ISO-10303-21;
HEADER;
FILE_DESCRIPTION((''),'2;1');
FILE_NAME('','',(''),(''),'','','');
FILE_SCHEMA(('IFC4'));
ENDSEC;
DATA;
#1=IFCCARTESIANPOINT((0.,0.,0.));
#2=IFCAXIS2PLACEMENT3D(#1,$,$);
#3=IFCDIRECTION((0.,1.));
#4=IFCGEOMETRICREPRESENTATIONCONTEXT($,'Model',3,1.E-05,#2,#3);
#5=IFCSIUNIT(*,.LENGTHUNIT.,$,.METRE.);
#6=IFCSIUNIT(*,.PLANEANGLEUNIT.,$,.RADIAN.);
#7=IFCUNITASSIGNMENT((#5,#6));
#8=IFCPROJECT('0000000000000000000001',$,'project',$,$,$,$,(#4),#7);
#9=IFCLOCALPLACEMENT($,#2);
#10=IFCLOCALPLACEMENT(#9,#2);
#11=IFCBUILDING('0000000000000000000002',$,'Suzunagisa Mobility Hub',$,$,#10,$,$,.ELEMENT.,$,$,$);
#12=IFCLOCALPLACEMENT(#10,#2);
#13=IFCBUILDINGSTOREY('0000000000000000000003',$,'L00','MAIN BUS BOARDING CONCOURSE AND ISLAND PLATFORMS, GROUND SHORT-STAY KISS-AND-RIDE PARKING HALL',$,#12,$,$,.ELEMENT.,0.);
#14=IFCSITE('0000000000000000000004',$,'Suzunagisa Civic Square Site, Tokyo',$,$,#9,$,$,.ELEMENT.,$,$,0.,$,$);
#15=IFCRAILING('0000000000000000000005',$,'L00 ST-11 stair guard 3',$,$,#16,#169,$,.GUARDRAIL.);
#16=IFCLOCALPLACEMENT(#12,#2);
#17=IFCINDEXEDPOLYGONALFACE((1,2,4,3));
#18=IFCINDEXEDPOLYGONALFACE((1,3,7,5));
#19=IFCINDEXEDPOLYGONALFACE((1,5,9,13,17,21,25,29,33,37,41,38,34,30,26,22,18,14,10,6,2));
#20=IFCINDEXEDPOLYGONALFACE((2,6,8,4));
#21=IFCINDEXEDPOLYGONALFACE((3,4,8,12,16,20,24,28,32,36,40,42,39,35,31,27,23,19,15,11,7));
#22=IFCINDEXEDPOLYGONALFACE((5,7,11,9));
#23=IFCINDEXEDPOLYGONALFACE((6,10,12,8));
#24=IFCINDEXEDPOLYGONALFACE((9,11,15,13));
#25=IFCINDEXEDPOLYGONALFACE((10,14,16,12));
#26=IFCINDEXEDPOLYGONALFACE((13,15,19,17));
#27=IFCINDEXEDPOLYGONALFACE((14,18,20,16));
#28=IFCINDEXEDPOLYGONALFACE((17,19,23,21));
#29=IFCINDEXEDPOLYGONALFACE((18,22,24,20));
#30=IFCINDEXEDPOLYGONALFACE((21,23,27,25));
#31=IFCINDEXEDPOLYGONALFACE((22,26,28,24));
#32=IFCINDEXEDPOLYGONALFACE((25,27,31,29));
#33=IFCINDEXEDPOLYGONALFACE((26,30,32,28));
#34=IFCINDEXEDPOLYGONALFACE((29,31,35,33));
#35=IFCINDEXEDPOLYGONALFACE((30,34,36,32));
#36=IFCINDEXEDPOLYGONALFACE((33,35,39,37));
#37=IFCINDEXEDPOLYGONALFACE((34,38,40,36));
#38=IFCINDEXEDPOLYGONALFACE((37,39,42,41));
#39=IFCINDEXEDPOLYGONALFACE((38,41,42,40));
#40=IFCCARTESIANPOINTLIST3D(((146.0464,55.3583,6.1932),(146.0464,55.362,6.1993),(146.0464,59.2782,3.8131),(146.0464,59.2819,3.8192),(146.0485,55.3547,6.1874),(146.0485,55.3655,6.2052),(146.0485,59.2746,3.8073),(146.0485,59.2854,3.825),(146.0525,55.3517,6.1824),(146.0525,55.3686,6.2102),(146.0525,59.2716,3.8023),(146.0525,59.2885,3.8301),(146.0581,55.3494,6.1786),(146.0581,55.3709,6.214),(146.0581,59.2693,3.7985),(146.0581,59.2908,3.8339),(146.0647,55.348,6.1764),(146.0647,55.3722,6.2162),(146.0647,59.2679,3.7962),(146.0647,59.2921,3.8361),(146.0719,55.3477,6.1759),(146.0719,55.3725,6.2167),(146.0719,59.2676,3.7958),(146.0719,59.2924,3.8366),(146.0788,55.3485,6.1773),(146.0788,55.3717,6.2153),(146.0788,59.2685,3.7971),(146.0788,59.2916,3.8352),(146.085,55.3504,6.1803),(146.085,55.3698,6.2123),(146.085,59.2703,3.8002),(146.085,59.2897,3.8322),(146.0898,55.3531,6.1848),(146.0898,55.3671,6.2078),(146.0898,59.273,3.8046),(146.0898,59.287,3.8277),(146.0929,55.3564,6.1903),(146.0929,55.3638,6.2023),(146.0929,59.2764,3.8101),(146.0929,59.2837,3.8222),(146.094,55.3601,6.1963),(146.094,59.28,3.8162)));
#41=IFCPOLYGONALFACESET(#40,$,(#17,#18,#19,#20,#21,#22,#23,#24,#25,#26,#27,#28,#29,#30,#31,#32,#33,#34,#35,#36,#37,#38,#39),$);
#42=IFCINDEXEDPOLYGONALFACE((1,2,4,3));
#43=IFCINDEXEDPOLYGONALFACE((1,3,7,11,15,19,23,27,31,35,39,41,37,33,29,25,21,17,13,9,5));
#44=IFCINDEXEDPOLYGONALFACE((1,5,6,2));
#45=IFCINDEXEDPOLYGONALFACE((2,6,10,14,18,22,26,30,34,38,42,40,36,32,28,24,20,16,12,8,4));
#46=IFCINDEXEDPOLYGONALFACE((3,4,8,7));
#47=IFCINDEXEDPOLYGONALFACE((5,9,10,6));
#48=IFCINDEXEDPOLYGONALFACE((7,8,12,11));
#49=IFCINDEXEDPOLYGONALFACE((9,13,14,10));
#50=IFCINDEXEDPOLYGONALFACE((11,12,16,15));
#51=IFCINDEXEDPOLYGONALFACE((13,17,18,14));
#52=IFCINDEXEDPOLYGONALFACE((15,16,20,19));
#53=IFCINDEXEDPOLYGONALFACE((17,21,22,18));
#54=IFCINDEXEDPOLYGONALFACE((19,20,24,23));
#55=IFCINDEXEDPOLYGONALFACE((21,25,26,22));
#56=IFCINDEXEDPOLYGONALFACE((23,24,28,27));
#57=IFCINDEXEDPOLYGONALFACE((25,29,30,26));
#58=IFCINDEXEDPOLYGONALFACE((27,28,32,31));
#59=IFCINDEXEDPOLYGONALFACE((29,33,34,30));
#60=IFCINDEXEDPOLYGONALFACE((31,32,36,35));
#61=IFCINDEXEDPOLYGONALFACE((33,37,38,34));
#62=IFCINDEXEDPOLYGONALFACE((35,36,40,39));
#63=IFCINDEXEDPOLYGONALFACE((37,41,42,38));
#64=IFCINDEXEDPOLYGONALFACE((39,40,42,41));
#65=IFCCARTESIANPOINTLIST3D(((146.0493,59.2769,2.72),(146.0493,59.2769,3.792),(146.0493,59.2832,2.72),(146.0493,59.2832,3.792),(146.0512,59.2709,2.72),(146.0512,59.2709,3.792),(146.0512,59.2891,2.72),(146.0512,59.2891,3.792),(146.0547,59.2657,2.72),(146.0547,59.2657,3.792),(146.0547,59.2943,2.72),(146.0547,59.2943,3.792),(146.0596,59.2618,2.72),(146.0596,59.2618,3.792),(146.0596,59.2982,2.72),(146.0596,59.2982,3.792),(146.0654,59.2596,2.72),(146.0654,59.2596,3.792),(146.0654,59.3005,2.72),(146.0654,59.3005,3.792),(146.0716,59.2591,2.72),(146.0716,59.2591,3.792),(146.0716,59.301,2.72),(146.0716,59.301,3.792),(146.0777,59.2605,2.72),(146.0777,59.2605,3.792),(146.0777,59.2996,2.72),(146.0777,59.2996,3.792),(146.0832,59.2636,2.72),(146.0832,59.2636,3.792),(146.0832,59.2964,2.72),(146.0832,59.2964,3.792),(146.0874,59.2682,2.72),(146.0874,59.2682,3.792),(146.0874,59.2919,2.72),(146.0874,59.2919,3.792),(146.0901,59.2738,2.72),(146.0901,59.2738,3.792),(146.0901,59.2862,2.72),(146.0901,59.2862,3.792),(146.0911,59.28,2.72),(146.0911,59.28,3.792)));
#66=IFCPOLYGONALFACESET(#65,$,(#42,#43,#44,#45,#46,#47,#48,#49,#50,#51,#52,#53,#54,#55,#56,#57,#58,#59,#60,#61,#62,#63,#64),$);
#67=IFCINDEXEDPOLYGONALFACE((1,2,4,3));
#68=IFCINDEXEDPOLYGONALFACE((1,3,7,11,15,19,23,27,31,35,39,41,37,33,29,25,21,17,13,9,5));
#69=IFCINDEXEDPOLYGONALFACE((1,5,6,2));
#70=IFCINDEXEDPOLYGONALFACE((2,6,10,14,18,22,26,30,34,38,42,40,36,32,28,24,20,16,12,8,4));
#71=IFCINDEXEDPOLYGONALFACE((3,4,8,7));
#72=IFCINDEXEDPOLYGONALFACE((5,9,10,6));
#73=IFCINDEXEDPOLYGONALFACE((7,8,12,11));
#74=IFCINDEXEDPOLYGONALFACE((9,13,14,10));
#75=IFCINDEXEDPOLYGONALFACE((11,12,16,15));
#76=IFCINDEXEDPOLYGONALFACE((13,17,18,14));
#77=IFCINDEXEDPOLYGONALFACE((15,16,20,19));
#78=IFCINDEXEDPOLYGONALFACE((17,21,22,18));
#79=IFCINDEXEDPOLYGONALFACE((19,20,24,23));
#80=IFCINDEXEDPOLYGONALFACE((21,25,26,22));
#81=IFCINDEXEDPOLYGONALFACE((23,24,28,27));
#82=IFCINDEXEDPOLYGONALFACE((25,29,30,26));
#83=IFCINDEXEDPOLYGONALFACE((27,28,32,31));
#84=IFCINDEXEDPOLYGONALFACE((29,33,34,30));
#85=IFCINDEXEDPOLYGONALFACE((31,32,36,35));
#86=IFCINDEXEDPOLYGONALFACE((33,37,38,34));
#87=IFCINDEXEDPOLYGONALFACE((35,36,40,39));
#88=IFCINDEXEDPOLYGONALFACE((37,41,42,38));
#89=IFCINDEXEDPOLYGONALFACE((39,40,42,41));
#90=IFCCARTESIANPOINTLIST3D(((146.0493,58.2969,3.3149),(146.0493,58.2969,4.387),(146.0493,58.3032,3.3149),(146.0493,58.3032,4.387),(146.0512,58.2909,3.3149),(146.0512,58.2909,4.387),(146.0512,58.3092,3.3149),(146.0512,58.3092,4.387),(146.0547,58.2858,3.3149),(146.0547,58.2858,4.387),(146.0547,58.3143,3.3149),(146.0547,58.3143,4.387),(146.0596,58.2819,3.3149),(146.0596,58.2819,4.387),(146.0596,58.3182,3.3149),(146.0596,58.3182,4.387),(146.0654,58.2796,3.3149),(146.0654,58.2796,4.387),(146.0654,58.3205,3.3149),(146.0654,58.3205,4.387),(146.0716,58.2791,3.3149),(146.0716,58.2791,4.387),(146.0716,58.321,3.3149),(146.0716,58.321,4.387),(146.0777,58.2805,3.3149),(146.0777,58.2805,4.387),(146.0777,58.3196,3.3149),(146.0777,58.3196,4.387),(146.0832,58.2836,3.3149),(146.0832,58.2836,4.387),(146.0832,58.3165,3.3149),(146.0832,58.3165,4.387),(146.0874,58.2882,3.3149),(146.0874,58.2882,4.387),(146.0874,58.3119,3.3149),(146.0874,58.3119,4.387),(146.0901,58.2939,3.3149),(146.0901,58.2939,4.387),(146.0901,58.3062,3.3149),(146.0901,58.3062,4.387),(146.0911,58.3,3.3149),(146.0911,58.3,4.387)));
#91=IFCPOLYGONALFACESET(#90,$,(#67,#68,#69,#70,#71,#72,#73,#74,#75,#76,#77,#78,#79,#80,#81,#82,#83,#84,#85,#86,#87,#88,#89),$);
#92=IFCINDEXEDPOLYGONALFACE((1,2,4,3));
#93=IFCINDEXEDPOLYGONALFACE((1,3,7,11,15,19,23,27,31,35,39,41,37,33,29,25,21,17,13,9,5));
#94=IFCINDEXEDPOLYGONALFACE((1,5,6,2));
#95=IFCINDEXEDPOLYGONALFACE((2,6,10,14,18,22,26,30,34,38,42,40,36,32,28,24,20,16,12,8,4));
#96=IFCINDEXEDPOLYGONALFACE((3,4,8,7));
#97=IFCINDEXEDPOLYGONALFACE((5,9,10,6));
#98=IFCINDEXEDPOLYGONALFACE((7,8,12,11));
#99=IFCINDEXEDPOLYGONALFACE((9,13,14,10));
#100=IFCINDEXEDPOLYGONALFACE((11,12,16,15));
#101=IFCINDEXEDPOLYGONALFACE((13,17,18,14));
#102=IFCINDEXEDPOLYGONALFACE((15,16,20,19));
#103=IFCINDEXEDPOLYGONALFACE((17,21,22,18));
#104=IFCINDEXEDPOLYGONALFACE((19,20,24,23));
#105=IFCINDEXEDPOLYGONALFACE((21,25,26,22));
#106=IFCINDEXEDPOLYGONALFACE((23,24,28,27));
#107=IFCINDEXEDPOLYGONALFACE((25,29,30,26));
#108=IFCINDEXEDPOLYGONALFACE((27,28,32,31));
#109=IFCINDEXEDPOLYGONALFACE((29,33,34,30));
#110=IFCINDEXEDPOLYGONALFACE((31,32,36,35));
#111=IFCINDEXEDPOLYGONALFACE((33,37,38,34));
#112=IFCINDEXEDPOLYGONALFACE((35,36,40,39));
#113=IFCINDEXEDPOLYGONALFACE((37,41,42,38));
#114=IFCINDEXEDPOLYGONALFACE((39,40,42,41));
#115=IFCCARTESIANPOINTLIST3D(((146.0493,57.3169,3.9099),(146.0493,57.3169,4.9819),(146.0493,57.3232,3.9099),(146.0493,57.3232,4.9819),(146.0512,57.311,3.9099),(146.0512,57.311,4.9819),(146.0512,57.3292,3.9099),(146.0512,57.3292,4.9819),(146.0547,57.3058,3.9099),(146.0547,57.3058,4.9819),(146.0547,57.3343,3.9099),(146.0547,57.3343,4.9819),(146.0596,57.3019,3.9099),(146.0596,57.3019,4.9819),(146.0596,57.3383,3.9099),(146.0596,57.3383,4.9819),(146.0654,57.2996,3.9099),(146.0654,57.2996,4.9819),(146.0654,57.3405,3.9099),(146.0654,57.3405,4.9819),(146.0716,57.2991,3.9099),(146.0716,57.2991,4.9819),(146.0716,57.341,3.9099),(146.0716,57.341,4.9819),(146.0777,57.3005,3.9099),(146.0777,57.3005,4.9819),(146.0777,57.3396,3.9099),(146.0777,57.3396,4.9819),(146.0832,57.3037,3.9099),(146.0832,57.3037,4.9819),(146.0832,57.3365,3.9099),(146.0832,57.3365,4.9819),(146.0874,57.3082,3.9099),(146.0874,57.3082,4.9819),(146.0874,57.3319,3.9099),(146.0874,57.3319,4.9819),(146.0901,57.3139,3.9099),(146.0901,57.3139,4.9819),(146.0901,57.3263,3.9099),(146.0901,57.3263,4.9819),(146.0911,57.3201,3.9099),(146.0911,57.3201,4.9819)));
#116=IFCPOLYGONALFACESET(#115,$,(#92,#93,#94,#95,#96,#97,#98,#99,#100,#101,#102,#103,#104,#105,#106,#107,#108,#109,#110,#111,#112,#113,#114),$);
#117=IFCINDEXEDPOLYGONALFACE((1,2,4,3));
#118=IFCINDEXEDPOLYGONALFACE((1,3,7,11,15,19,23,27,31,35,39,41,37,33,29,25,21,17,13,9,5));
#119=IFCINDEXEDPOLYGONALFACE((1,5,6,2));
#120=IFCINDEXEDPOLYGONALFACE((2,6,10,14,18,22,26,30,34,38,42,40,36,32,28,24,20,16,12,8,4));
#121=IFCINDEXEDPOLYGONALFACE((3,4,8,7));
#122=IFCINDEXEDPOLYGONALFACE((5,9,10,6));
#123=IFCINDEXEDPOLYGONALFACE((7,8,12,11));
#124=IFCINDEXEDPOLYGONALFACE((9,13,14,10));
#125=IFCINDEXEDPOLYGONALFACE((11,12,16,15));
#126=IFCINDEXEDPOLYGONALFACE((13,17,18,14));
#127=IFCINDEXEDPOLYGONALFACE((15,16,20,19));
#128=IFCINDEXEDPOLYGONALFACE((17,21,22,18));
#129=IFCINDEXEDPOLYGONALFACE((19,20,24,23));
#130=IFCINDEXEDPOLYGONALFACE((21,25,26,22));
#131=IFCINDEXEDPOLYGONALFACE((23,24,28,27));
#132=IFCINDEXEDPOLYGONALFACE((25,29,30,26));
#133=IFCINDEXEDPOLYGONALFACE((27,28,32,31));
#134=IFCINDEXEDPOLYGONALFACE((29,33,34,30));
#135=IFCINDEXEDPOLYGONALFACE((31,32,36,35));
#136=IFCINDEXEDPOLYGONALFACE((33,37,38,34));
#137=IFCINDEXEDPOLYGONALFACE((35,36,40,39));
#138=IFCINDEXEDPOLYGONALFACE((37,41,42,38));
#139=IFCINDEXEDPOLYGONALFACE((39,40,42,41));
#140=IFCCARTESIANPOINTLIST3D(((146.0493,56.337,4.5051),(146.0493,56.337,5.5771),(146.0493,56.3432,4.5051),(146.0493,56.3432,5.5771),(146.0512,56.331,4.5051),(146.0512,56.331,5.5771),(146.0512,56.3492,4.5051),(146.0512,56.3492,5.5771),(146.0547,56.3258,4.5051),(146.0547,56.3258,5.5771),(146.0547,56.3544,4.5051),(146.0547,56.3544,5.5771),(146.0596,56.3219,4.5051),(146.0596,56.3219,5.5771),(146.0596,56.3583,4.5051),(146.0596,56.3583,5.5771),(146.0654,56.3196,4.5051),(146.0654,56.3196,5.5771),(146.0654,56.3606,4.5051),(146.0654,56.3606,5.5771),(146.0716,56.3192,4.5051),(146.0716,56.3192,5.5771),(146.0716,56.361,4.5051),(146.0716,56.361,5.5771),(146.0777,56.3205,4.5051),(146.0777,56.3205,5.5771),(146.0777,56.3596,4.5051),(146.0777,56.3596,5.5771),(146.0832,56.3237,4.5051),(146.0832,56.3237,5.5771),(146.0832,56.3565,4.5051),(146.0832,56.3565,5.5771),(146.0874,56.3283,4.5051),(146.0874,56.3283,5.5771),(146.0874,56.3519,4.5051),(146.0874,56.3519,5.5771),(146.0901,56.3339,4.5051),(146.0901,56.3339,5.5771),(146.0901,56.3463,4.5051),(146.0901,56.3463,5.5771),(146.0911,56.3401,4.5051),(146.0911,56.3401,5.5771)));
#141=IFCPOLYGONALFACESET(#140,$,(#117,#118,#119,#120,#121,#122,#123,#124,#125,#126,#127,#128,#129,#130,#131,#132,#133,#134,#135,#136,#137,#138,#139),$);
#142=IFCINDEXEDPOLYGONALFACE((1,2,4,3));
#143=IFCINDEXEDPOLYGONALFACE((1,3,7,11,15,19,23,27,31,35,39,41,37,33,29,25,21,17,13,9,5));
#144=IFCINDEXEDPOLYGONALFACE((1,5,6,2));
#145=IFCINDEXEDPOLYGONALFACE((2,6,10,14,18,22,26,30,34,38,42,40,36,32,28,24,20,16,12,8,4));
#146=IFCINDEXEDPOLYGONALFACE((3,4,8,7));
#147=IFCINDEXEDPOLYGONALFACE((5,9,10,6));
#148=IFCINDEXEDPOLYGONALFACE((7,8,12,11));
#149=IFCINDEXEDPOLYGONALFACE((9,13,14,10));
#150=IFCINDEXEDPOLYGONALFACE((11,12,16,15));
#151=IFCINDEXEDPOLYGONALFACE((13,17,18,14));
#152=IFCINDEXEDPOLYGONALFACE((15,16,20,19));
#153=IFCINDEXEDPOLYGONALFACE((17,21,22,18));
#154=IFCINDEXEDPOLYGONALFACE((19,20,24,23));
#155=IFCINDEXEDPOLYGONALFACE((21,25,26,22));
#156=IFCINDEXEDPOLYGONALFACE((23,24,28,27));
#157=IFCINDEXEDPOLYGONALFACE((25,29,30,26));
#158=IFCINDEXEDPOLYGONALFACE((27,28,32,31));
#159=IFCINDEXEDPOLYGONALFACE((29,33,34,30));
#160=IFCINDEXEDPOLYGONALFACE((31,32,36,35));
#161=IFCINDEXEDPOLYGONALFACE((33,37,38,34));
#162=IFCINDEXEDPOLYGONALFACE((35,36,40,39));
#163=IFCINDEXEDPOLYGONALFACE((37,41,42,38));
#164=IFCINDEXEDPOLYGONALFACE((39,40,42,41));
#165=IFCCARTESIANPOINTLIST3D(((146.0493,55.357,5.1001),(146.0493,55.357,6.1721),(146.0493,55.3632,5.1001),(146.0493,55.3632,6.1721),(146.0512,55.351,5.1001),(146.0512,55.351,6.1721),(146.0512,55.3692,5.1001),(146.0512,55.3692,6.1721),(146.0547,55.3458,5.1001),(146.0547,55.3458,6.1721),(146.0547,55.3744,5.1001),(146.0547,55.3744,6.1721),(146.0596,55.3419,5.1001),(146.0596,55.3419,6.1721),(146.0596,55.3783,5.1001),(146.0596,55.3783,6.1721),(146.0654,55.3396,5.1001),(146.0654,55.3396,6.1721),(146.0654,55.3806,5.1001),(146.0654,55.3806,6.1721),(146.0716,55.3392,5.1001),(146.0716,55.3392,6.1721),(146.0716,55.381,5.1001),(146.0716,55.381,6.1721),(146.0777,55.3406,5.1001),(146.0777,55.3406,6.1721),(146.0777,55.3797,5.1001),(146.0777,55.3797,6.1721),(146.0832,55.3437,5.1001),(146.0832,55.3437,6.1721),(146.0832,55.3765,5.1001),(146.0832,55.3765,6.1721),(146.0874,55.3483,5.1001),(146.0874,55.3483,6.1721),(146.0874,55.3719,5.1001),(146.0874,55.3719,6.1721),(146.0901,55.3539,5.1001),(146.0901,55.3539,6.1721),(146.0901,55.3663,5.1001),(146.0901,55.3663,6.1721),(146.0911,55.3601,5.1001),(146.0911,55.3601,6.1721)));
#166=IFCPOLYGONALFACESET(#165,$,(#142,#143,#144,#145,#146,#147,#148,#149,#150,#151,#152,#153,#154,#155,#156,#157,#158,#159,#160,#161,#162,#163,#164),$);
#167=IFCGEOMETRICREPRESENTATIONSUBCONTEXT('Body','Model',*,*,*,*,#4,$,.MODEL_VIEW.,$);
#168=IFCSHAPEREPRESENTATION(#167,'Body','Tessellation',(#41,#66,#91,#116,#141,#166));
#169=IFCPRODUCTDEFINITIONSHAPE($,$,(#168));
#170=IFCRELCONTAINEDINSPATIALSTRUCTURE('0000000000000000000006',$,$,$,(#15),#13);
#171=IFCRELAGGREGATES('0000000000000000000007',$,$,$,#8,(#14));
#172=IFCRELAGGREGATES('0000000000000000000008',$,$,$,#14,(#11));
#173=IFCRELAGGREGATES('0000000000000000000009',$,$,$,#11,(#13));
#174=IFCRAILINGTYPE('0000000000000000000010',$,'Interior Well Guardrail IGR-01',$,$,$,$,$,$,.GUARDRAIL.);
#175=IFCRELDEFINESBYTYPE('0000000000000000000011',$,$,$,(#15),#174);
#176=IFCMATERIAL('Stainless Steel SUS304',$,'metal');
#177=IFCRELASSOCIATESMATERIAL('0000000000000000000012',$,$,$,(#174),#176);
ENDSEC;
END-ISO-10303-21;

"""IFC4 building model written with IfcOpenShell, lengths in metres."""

from ifc_helpers import new_model, si_unit, direction, frame, origin, origin_2d, place, context, subcontext, project, spatial, circle, extrude, material, type_object, element, save


model = new_model("IFC4")

# Units and contexts
model_context = context("Model", 3, precision=1e-05, world=origin(), true_north=direction((0.0, 1.0)))
body_context = subcontext(model_context, "Body", "Model", "MODEL_VIEW")
ifc_project = project(units=[si_unit("LENGTHUNIT", "METRE"), si_unit("PLANEANGLEUNIT", "RADIAN")], contexts=[model_context])

# Site, building, storey
site_placement = place(None, origin())
site = spatial("IfcSite", under=ifc_project, at=site_placement, Name="Suzunagisa Civic Square Site, Tokyo", CompositionType="ELEMENT", RefElevation=0.0)
building_placement = place(site_placement, origin())
building = spatial("IfcBuilding", under=site, at=building_placement, Name="Suzunagisa Mobility Hub", CompositionType="ELEMENT")
storey_placement = place(building_placement, origin())
storey = spatial("IfcBuildingStorey", under=building, at=storey_placement, Name="L00", Description="MAIN BUS BOARDING CONCOURSE AND ISLAND PLATFORMS, GROUND SHORT-STAY KISS-AND-RIDE PARKING HALL", CompositionType="ELEMENT", Elevation=0.0)

# Railing
ifc_material_1 = material(Name="Stainless Steel SUS304", Category="metal")
railing_type_1 = type_object("IfcRailingType", Name="Interior Well Guardrail IGR-01", PredefinedType="GUARDRAIL", material=ifc_material_1)
railing_1_placement = place(storey_placement, frame((146.0701, 59.28, 2.72)))
element("IfcRailing", 1, at=railing_1_placement, inside=storey, type_object=railing_type_1, Name="L00 ST-11 stair guard 3", PredefinedType="GUARDRAIL", context=body_context, shape_type="SweptSolid", body=[
    extrude(circle(Radius=0.0239, at=origin_2d()), frame((0.0, 0.0, 1.0962), z_axis=(0.0, -0.854771, 0.519006), x_axis=(1.0, 0.0, 0.0)), (0.0, 0.0, 1.0), 4.5859),
    extrude(circle(Radius=0.021, at=origin_2d()), origin(), (0.0, 0.0, 1.0), 1.072),
    extrude(circle(Radius=0.021, at=origin_2d()), frame((0.0, -0.98, 0.595)), (0.0, 0.0, 1.0), 1.072),
    extrude(circle(Radius=0.021, at=origin_2d()), frame((0.0, -1.96, 1.1899)), (0.0, 0.0, 1.0), 1.072),
    extrude(circle(Radius=0.021, at=origin_2d()), frame((0.0, -2.9399, 1.7852)), (0.0, 0.0, 1.0), 1.072),
    extrude(circle(Radius=0.021, at=origin_2d()), frame((0.0, -3.9199, 2.3801)), (0.0, 0.0, 1.0), 1.072),
])

save(model, "model.ifc")
